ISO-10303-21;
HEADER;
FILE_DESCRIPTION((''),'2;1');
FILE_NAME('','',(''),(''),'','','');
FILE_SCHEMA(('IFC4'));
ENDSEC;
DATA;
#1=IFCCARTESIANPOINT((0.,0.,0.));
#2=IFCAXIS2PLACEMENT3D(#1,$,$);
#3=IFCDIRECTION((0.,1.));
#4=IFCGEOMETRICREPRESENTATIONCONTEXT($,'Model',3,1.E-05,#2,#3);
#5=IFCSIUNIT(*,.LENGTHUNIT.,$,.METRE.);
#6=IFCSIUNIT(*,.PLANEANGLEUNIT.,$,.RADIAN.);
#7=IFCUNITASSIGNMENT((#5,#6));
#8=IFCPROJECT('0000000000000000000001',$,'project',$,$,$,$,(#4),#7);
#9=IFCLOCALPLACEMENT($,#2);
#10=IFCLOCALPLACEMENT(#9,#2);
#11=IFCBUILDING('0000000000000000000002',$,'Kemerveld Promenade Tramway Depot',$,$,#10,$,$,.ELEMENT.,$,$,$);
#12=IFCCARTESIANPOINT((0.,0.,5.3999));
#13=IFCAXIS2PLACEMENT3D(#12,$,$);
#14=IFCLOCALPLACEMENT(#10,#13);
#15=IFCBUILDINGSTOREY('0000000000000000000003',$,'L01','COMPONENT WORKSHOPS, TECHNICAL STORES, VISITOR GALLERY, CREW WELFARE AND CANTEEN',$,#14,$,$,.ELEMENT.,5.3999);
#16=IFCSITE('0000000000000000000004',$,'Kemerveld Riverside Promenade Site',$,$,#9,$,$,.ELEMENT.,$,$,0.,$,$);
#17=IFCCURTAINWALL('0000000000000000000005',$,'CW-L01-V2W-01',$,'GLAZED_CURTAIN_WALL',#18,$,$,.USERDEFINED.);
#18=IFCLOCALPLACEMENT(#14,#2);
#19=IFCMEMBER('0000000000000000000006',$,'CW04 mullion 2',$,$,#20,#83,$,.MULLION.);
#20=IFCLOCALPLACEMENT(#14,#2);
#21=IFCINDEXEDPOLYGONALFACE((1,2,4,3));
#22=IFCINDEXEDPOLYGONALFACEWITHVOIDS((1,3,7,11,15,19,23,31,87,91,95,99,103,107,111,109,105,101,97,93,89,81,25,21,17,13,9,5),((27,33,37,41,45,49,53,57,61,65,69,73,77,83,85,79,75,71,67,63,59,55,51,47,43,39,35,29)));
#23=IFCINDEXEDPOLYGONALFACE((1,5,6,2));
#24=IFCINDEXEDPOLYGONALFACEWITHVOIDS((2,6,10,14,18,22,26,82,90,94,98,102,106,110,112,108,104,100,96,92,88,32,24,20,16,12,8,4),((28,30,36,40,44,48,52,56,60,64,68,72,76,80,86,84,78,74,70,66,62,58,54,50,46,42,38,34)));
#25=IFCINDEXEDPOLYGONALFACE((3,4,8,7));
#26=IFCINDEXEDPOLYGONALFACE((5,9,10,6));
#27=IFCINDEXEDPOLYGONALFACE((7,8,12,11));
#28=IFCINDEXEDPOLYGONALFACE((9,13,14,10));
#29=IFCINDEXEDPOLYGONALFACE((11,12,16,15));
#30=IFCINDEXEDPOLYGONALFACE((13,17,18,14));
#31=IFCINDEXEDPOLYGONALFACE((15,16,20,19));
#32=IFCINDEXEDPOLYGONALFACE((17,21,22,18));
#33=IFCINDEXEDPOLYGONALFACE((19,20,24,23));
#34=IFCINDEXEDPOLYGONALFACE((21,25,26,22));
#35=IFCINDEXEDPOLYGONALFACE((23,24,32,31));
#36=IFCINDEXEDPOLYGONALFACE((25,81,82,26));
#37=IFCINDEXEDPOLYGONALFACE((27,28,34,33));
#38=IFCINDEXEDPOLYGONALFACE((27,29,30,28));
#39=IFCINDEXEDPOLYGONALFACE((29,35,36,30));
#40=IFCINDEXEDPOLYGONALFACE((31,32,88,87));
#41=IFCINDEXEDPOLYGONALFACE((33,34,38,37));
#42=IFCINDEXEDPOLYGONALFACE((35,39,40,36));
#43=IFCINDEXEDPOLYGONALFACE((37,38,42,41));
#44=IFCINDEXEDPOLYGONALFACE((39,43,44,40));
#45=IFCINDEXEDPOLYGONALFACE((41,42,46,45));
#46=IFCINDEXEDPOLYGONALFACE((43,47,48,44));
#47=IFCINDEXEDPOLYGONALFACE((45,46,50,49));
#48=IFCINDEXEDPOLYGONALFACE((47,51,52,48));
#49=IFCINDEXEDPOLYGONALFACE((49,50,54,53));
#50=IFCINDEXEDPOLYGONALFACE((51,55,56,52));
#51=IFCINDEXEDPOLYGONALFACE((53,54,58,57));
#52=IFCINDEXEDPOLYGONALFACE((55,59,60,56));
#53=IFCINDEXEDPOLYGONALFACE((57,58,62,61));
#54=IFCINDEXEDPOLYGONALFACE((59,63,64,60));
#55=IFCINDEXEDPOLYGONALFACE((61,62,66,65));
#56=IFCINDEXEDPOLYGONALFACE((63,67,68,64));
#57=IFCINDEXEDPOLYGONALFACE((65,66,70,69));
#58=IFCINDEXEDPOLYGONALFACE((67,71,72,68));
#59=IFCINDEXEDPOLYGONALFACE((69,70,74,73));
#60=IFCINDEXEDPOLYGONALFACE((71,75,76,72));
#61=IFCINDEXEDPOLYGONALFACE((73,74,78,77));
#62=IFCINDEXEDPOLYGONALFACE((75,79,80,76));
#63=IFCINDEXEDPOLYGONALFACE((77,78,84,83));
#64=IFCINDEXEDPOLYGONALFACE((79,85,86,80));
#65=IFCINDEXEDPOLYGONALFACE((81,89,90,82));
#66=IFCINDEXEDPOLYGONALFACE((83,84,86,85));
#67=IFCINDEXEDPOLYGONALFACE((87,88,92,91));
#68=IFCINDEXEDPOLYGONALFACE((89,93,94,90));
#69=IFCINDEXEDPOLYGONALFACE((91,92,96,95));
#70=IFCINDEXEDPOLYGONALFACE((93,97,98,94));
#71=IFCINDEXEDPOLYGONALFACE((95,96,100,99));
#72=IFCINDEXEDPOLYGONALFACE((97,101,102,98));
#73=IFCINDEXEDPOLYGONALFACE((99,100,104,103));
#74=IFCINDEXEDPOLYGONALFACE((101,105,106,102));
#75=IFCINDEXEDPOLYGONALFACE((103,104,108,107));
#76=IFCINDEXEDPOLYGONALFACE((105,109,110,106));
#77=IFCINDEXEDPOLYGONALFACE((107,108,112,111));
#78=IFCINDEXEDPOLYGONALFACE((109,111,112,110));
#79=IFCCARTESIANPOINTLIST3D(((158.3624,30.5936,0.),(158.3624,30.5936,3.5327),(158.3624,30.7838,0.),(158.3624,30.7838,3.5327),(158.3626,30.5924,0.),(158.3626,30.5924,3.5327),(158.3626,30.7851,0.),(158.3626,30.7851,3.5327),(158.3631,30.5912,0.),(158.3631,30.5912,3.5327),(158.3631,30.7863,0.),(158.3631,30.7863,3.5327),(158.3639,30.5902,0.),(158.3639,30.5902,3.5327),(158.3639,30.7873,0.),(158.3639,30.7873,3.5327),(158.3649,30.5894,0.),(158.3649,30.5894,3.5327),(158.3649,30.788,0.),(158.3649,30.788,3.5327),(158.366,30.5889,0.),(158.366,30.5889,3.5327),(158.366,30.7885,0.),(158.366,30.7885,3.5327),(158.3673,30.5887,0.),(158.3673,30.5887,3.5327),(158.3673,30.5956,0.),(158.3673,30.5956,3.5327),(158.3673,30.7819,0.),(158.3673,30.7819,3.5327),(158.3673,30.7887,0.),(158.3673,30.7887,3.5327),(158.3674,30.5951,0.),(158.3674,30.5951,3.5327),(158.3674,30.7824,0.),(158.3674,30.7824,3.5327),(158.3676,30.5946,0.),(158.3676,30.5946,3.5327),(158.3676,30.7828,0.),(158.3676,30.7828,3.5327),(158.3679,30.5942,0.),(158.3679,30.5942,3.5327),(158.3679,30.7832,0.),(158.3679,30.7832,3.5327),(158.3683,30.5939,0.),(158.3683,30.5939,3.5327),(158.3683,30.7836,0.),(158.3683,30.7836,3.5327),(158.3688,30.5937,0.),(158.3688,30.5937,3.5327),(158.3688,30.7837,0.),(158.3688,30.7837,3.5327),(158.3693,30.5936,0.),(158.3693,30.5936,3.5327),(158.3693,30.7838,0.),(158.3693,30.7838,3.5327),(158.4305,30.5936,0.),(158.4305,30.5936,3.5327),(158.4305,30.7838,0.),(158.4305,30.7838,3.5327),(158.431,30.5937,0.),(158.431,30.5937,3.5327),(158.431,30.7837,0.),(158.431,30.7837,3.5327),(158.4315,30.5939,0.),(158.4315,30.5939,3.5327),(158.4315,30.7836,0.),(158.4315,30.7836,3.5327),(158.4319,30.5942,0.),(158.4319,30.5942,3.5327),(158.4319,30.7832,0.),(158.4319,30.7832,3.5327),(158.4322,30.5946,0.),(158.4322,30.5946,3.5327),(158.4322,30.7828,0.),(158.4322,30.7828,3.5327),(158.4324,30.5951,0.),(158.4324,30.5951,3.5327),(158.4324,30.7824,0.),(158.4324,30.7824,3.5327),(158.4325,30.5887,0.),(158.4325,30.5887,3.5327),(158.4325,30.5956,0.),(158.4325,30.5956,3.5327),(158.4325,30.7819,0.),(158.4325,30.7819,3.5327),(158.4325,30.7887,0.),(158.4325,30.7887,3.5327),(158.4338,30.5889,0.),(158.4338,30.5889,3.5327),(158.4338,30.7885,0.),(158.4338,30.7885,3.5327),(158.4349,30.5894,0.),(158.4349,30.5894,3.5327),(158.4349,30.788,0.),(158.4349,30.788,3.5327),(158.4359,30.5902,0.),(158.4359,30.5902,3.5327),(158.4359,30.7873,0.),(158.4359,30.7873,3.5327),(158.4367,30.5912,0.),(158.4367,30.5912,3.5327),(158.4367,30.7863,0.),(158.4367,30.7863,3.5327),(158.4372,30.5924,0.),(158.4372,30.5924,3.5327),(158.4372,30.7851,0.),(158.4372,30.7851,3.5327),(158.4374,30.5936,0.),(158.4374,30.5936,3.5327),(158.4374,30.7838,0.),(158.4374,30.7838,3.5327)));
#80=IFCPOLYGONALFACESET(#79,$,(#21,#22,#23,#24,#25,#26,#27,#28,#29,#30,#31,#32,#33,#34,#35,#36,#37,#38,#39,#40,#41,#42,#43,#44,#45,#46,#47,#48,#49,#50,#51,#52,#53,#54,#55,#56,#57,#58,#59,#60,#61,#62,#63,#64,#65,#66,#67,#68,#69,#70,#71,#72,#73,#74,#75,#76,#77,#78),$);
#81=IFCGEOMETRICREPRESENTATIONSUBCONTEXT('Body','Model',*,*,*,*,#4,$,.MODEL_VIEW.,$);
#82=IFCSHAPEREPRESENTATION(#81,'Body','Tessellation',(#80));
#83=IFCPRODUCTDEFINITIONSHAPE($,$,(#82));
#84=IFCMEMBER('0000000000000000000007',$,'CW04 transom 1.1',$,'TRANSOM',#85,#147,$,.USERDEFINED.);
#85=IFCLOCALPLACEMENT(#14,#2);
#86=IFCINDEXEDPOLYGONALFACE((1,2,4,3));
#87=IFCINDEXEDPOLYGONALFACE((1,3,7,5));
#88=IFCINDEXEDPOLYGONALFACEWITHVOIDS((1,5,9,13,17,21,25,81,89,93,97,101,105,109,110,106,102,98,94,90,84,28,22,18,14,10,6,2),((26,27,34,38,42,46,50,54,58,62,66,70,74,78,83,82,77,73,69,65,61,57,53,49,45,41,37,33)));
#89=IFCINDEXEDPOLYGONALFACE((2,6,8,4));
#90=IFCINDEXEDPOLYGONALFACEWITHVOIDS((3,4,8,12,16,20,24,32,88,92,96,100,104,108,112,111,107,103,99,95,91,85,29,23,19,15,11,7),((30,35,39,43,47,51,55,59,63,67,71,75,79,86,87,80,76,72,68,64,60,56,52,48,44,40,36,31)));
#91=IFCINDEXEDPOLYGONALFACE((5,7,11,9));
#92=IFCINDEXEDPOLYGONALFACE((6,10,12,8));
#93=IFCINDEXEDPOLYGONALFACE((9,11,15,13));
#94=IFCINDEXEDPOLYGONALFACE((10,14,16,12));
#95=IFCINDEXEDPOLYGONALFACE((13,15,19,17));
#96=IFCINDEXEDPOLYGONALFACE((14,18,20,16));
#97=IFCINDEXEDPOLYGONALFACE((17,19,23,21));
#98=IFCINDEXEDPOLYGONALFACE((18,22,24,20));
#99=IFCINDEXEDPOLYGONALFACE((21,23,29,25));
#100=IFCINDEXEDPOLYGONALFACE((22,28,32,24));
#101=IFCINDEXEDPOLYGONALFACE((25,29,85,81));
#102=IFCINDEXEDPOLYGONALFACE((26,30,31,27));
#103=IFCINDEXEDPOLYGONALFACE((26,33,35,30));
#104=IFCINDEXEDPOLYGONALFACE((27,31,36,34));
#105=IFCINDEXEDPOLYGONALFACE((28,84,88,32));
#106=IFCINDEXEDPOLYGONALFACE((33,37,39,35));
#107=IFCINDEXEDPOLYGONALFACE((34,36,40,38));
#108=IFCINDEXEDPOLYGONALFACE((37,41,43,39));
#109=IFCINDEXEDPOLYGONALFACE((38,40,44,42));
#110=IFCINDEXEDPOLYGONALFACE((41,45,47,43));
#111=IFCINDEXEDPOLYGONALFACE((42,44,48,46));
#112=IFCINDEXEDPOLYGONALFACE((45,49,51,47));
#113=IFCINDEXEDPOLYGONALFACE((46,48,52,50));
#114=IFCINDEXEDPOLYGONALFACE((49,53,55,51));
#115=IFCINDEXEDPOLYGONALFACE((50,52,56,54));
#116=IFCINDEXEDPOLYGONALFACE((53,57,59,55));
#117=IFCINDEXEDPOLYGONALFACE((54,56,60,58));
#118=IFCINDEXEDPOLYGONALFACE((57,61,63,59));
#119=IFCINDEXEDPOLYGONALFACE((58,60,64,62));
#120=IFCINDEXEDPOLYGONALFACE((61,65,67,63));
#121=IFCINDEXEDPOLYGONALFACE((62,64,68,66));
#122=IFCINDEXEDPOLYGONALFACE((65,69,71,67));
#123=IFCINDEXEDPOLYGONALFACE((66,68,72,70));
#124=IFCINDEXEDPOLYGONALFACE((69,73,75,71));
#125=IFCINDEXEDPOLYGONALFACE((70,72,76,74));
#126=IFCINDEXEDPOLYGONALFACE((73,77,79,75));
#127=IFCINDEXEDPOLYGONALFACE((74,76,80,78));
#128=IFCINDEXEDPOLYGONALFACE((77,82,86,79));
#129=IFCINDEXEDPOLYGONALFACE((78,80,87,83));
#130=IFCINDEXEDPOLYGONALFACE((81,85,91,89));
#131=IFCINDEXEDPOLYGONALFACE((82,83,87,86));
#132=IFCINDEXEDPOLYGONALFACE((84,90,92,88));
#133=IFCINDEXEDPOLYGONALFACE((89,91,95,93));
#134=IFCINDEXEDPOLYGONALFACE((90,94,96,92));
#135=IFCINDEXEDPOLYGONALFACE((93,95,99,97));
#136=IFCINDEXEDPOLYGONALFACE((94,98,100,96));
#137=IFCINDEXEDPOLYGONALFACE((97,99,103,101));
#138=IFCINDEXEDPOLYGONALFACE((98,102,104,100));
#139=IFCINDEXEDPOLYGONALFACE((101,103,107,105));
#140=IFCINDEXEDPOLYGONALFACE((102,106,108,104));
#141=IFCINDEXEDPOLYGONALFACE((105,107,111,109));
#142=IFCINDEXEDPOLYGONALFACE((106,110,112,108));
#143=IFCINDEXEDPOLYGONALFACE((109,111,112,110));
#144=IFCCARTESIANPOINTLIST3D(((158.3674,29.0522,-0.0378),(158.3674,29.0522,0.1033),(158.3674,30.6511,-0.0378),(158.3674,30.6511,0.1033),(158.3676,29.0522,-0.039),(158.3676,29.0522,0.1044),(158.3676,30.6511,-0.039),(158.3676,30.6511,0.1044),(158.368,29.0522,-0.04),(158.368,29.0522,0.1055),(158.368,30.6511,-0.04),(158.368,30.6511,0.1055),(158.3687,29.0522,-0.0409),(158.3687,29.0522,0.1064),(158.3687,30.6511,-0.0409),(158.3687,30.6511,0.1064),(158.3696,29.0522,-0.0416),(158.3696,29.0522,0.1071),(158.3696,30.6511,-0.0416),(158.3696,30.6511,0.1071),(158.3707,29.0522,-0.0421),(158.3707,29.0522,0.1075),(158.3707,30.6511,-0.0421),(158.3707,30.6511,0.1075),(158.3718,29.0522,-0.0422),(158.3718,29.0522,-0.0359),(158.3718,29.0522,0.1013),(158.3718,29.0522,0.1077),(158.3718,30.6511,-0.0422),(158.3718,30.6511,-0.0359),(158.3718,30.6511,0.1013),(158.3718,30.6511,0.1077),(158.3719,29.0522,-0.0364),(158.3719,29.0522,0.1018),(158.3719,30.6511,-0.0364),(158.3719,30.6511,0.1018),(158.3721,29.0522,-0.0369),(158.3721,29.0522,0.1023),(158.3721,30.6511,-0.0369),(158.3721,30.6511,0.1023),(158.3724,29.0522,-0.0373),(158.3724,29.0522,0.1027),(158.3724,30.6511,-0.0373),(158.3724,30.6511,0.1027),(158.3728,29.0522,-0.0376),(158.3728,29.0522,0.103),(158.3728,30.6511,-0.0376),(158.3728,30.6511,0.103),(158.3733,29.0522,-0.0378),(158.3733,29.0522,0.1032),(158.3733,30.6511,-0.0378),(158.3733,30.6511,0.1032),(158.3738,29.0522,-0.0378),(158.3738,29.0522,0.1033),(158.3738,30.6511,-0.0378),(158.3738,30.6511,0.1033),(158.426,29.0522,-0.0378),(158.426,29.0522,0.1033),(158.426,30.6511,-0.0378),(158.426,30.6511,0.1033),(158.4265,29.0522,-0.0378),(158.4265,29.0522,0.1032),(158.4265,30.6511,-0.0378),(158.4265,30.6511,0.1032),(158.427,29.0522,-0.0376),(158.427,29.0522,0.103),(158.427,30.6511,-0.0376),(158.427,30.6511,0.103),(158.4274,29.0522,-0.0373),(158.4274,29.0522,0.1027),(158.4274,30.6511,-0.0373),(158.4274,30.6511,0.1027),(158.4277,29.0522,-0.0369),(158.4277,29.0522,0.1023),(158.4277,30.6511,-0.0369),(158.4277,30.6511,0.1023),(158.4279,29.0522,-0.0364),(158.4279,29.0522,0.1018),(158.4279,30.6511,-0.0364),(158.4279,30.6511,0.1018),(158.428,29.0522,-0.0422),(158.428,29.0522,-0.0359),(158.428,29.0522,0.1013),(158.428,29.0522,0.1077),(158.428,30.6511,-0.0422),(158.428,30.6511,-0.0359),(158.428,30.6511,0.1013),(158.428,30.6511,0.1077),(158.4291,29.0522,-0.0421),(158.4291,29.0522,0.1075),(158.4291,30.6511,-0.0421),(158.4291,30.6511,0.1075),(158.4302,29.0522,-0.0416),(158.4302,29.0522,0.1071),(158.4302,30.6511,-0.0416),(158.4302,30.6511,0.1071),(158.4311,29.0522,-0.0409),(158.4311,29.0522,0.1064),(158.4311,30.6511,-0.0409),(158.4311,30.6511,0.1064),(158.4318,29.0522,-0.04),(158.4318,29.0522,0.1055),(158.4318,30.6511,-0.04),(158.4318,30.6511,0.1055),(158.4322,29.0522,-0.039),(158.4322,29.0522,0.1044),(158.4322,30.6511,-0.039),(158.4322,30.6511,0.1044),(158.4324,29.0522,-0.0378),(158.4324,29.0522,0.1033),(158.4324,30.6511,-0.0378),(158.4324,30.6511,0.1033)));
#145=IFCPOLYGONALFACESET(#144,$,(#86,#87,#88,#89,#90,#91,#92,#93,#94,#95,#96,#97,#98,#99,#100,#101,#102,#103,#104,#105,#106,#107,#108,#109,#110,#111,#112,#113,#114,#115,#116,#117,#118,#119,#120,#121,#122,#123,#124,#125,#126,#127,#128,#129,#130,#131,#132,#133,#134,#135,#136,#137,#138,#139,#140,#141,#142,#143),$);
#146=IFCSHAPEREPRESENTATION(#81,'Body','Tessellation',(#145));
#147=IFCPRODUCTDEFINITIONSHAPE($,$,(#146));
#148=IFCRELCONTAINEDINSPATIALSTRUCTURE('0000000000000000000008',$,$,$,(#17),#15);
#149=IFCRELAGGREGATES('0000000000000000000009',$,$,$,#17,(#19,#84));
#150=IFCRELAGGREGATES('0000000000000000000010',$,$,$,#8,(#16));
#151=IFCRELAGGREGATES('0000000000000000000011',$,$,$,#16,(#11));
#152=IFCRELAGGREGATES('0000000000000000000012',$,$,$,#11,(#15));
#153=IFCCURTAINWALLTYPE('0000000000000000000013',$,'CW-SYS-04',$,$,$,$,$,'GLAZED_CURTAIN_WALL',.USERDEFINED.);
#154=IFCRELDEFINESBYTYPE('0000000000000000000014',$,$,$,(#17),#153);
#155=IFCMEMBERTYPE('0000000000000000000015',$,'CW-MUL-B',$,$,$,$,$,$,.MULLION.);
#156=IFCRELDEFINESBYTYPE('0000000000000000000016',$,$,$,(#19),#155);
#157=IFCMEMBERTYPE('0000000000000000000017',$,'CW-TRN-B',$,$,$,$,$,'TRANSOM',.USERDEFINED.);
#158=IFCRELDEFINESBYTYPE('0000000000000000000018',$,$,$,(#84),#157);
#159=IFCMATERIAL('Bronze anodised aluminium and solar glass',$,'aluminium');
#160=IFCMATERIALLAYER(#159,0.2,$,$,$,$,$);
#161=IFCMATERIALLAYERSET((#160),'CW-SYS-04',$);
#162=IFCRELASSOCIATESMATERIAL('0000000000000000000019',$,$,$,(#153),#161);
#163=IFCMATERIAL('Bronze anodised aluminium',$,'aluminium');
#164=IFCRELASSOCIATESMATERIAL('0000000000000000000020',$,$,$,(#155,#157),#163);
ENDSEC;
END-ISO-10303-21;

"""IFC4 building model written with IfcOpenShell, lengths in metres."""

from ifc_helpers import new_model, si_unit, direction, frame, origin, origin_2d, place, context, subcontext, project, spatial, hollow_rectangle, extrude, material, layer, layer_set, material_profile, profile_set, type_object, element, aggregate, save


model = new_model("IFC4")

# Units and contexts
model_context = context("Model", 3, precision=1e-05, world=origin(), true_north=direction((0.0, 1.0)))
body_context = subcontext(model_context, "Body", "Model", "MODEL_VIEW")
ifc_project = project(units=[si_unit("LENGTHUNIT", "METRE"), si_unit("PLANEANGLEUNIT", "RADIAN")], contexts=[model_context])

# Site, building, storey
site_placement = place(None, origin())
site = spatial("IfcSite", under=ifc_project, at=site_placement, Name="Kemerveld Riverside Promenade Site", CompositionType="ELEMENT", RefElevation=0.0)
building_placement = place(site_placement, origin())
building = spatial("IfcBuilding", under=site, at=building_placement, Name="Kemerveld Promenade Tramway Depot", CompositionType="ELEMENT")
storey_placement = place(building_placement, frame((0.0, 0.0, 5.3999)))
storey = spatial("IfcBuildingStorey", under=building, at=storey_placement, Name="L01", Description="COMPONENT WORKSHOPS, TECHNICAL STORES, VISITOR GALLERY, CREW WELFARE AND CANTEEN", CompositionType="ELEMENT", Elevation=5.3999)

# Curtain wall, members
ifc_material_1 = material(Name="Bronze anodised aluminium and solar glass", Category="aluminium")
ifc_layer_1 = layer(ifc_material_1, 0.2)
ifc_layer_set_1 = layer_set([ifc_layer_1], Name="CW-SYS-04")
curtain_wall_type = type_object("IfcCurtainWallType", Name="CW-SYS-04", ElementType="GLAZED_CURTAIN_WALL", PredefinedType="USERDEFINED", material=ifc_layer_set_1)
curtain_wall_placement = place(storey_placement, origin())
curtain_wall = element("IfcCurtainWall", 1, at=curtain_wall_placement, inside=storey, type_object=curtain_wall_type, Name="CW-L01-V2W-01", ObjectType="GLAZED_CURTAIN_WALL", PredefinedType="USERDEFINED")
ifc_material_2 = material(Name="Bronze anodised aluminium", Category="aluminium")
ifc_material_profile_1 = material_profile(ifc_material_2, hollow_rectangle(XDim=0.075, YDim=0.2, WallThickness=0.0049, InnerFilletRadius=0.002, OuterFilletRadius=0.0049, at=origin_2d()), Name="CW-MUL-200x75")
ifc_profile_set_1 = profile_set([ifc_material_profile_1], Name="Bronze anodised aluminium")
member_type_1 = type_object("IfcMemberType", Name="CW-MUL-B", PredefinedType="MULLION", material=ifc_profile_set_1)
member_1_placement = place(storey_placement, frame((158.3999, 30.6887, 0.0), z_axis=(0.0, 0.0, 1.0), x_axis=(-1.0, 0.0, 0.0)))
member_1 = element("IfcMember", 2, at=member_1_placement, type_object=member_type_1, Name="CW04 mullion 2", PredefinedType="MULLION", context=body_context, shape_type="SweptSolid", body=[
    extrude(hollow_rectangle(XDim=0.075, YDim=0.2, WallThickness=0.0049, InnerFilletRadius=0.002, OuterFilletRadius=0.0049, at=origin_2d()), origin(), (0.0, 0.0, 1.0), 3.5327),
])
ifc_material_profile_2 = material_profile(ifc_material_2, hollow_rectangle(XDim=0.0649, YDim=0.1499, WallThickness=0.0044, InnerFilletRadius=0.002, OuterFilletRadius=0.0044, at=origin_2d()), Name="CW-TRN-150x65")
ifc_profile_set_2 = profile_set([ifc_material_profile_2], Name="Bronze anodised aluminium")
member_type_2 = type_object("IfcMemberType", Name="CW-TRN-B", ElementType="TRANSOM", PredefinedType="USERDEFINED", material=ifc_profile_set_2)
member_2_placement = place(storey_placement, frame((158.3999, 29.0522, 0.0327), z_axis=(0.0, 1.0, 0.0), x_axis=(-1.0, 0.0, 0.0)))
member_2 = element("IfcMember", 3, at=member_2_placement, type_object=member_type_2, Name="CW04 transom 1.1", ObjectType="TRANSOM", PredefinedType="USERDEFINED", context=body_context, shape_type="SweptSolid", body=[
    extrude(hollow_rectangle(XDim=0.0649, YDim=0.1499, WallThickness=0.0044, InnerFilletRadius=0.002, OuterFilletRadius=0.0044, at=origin_2d()), origin(), (0.0, 0.0, 1.0), 1.5989),
])
aggregate(curtain_wall, [member_1, member_2])

save(model, "model.ifc")
